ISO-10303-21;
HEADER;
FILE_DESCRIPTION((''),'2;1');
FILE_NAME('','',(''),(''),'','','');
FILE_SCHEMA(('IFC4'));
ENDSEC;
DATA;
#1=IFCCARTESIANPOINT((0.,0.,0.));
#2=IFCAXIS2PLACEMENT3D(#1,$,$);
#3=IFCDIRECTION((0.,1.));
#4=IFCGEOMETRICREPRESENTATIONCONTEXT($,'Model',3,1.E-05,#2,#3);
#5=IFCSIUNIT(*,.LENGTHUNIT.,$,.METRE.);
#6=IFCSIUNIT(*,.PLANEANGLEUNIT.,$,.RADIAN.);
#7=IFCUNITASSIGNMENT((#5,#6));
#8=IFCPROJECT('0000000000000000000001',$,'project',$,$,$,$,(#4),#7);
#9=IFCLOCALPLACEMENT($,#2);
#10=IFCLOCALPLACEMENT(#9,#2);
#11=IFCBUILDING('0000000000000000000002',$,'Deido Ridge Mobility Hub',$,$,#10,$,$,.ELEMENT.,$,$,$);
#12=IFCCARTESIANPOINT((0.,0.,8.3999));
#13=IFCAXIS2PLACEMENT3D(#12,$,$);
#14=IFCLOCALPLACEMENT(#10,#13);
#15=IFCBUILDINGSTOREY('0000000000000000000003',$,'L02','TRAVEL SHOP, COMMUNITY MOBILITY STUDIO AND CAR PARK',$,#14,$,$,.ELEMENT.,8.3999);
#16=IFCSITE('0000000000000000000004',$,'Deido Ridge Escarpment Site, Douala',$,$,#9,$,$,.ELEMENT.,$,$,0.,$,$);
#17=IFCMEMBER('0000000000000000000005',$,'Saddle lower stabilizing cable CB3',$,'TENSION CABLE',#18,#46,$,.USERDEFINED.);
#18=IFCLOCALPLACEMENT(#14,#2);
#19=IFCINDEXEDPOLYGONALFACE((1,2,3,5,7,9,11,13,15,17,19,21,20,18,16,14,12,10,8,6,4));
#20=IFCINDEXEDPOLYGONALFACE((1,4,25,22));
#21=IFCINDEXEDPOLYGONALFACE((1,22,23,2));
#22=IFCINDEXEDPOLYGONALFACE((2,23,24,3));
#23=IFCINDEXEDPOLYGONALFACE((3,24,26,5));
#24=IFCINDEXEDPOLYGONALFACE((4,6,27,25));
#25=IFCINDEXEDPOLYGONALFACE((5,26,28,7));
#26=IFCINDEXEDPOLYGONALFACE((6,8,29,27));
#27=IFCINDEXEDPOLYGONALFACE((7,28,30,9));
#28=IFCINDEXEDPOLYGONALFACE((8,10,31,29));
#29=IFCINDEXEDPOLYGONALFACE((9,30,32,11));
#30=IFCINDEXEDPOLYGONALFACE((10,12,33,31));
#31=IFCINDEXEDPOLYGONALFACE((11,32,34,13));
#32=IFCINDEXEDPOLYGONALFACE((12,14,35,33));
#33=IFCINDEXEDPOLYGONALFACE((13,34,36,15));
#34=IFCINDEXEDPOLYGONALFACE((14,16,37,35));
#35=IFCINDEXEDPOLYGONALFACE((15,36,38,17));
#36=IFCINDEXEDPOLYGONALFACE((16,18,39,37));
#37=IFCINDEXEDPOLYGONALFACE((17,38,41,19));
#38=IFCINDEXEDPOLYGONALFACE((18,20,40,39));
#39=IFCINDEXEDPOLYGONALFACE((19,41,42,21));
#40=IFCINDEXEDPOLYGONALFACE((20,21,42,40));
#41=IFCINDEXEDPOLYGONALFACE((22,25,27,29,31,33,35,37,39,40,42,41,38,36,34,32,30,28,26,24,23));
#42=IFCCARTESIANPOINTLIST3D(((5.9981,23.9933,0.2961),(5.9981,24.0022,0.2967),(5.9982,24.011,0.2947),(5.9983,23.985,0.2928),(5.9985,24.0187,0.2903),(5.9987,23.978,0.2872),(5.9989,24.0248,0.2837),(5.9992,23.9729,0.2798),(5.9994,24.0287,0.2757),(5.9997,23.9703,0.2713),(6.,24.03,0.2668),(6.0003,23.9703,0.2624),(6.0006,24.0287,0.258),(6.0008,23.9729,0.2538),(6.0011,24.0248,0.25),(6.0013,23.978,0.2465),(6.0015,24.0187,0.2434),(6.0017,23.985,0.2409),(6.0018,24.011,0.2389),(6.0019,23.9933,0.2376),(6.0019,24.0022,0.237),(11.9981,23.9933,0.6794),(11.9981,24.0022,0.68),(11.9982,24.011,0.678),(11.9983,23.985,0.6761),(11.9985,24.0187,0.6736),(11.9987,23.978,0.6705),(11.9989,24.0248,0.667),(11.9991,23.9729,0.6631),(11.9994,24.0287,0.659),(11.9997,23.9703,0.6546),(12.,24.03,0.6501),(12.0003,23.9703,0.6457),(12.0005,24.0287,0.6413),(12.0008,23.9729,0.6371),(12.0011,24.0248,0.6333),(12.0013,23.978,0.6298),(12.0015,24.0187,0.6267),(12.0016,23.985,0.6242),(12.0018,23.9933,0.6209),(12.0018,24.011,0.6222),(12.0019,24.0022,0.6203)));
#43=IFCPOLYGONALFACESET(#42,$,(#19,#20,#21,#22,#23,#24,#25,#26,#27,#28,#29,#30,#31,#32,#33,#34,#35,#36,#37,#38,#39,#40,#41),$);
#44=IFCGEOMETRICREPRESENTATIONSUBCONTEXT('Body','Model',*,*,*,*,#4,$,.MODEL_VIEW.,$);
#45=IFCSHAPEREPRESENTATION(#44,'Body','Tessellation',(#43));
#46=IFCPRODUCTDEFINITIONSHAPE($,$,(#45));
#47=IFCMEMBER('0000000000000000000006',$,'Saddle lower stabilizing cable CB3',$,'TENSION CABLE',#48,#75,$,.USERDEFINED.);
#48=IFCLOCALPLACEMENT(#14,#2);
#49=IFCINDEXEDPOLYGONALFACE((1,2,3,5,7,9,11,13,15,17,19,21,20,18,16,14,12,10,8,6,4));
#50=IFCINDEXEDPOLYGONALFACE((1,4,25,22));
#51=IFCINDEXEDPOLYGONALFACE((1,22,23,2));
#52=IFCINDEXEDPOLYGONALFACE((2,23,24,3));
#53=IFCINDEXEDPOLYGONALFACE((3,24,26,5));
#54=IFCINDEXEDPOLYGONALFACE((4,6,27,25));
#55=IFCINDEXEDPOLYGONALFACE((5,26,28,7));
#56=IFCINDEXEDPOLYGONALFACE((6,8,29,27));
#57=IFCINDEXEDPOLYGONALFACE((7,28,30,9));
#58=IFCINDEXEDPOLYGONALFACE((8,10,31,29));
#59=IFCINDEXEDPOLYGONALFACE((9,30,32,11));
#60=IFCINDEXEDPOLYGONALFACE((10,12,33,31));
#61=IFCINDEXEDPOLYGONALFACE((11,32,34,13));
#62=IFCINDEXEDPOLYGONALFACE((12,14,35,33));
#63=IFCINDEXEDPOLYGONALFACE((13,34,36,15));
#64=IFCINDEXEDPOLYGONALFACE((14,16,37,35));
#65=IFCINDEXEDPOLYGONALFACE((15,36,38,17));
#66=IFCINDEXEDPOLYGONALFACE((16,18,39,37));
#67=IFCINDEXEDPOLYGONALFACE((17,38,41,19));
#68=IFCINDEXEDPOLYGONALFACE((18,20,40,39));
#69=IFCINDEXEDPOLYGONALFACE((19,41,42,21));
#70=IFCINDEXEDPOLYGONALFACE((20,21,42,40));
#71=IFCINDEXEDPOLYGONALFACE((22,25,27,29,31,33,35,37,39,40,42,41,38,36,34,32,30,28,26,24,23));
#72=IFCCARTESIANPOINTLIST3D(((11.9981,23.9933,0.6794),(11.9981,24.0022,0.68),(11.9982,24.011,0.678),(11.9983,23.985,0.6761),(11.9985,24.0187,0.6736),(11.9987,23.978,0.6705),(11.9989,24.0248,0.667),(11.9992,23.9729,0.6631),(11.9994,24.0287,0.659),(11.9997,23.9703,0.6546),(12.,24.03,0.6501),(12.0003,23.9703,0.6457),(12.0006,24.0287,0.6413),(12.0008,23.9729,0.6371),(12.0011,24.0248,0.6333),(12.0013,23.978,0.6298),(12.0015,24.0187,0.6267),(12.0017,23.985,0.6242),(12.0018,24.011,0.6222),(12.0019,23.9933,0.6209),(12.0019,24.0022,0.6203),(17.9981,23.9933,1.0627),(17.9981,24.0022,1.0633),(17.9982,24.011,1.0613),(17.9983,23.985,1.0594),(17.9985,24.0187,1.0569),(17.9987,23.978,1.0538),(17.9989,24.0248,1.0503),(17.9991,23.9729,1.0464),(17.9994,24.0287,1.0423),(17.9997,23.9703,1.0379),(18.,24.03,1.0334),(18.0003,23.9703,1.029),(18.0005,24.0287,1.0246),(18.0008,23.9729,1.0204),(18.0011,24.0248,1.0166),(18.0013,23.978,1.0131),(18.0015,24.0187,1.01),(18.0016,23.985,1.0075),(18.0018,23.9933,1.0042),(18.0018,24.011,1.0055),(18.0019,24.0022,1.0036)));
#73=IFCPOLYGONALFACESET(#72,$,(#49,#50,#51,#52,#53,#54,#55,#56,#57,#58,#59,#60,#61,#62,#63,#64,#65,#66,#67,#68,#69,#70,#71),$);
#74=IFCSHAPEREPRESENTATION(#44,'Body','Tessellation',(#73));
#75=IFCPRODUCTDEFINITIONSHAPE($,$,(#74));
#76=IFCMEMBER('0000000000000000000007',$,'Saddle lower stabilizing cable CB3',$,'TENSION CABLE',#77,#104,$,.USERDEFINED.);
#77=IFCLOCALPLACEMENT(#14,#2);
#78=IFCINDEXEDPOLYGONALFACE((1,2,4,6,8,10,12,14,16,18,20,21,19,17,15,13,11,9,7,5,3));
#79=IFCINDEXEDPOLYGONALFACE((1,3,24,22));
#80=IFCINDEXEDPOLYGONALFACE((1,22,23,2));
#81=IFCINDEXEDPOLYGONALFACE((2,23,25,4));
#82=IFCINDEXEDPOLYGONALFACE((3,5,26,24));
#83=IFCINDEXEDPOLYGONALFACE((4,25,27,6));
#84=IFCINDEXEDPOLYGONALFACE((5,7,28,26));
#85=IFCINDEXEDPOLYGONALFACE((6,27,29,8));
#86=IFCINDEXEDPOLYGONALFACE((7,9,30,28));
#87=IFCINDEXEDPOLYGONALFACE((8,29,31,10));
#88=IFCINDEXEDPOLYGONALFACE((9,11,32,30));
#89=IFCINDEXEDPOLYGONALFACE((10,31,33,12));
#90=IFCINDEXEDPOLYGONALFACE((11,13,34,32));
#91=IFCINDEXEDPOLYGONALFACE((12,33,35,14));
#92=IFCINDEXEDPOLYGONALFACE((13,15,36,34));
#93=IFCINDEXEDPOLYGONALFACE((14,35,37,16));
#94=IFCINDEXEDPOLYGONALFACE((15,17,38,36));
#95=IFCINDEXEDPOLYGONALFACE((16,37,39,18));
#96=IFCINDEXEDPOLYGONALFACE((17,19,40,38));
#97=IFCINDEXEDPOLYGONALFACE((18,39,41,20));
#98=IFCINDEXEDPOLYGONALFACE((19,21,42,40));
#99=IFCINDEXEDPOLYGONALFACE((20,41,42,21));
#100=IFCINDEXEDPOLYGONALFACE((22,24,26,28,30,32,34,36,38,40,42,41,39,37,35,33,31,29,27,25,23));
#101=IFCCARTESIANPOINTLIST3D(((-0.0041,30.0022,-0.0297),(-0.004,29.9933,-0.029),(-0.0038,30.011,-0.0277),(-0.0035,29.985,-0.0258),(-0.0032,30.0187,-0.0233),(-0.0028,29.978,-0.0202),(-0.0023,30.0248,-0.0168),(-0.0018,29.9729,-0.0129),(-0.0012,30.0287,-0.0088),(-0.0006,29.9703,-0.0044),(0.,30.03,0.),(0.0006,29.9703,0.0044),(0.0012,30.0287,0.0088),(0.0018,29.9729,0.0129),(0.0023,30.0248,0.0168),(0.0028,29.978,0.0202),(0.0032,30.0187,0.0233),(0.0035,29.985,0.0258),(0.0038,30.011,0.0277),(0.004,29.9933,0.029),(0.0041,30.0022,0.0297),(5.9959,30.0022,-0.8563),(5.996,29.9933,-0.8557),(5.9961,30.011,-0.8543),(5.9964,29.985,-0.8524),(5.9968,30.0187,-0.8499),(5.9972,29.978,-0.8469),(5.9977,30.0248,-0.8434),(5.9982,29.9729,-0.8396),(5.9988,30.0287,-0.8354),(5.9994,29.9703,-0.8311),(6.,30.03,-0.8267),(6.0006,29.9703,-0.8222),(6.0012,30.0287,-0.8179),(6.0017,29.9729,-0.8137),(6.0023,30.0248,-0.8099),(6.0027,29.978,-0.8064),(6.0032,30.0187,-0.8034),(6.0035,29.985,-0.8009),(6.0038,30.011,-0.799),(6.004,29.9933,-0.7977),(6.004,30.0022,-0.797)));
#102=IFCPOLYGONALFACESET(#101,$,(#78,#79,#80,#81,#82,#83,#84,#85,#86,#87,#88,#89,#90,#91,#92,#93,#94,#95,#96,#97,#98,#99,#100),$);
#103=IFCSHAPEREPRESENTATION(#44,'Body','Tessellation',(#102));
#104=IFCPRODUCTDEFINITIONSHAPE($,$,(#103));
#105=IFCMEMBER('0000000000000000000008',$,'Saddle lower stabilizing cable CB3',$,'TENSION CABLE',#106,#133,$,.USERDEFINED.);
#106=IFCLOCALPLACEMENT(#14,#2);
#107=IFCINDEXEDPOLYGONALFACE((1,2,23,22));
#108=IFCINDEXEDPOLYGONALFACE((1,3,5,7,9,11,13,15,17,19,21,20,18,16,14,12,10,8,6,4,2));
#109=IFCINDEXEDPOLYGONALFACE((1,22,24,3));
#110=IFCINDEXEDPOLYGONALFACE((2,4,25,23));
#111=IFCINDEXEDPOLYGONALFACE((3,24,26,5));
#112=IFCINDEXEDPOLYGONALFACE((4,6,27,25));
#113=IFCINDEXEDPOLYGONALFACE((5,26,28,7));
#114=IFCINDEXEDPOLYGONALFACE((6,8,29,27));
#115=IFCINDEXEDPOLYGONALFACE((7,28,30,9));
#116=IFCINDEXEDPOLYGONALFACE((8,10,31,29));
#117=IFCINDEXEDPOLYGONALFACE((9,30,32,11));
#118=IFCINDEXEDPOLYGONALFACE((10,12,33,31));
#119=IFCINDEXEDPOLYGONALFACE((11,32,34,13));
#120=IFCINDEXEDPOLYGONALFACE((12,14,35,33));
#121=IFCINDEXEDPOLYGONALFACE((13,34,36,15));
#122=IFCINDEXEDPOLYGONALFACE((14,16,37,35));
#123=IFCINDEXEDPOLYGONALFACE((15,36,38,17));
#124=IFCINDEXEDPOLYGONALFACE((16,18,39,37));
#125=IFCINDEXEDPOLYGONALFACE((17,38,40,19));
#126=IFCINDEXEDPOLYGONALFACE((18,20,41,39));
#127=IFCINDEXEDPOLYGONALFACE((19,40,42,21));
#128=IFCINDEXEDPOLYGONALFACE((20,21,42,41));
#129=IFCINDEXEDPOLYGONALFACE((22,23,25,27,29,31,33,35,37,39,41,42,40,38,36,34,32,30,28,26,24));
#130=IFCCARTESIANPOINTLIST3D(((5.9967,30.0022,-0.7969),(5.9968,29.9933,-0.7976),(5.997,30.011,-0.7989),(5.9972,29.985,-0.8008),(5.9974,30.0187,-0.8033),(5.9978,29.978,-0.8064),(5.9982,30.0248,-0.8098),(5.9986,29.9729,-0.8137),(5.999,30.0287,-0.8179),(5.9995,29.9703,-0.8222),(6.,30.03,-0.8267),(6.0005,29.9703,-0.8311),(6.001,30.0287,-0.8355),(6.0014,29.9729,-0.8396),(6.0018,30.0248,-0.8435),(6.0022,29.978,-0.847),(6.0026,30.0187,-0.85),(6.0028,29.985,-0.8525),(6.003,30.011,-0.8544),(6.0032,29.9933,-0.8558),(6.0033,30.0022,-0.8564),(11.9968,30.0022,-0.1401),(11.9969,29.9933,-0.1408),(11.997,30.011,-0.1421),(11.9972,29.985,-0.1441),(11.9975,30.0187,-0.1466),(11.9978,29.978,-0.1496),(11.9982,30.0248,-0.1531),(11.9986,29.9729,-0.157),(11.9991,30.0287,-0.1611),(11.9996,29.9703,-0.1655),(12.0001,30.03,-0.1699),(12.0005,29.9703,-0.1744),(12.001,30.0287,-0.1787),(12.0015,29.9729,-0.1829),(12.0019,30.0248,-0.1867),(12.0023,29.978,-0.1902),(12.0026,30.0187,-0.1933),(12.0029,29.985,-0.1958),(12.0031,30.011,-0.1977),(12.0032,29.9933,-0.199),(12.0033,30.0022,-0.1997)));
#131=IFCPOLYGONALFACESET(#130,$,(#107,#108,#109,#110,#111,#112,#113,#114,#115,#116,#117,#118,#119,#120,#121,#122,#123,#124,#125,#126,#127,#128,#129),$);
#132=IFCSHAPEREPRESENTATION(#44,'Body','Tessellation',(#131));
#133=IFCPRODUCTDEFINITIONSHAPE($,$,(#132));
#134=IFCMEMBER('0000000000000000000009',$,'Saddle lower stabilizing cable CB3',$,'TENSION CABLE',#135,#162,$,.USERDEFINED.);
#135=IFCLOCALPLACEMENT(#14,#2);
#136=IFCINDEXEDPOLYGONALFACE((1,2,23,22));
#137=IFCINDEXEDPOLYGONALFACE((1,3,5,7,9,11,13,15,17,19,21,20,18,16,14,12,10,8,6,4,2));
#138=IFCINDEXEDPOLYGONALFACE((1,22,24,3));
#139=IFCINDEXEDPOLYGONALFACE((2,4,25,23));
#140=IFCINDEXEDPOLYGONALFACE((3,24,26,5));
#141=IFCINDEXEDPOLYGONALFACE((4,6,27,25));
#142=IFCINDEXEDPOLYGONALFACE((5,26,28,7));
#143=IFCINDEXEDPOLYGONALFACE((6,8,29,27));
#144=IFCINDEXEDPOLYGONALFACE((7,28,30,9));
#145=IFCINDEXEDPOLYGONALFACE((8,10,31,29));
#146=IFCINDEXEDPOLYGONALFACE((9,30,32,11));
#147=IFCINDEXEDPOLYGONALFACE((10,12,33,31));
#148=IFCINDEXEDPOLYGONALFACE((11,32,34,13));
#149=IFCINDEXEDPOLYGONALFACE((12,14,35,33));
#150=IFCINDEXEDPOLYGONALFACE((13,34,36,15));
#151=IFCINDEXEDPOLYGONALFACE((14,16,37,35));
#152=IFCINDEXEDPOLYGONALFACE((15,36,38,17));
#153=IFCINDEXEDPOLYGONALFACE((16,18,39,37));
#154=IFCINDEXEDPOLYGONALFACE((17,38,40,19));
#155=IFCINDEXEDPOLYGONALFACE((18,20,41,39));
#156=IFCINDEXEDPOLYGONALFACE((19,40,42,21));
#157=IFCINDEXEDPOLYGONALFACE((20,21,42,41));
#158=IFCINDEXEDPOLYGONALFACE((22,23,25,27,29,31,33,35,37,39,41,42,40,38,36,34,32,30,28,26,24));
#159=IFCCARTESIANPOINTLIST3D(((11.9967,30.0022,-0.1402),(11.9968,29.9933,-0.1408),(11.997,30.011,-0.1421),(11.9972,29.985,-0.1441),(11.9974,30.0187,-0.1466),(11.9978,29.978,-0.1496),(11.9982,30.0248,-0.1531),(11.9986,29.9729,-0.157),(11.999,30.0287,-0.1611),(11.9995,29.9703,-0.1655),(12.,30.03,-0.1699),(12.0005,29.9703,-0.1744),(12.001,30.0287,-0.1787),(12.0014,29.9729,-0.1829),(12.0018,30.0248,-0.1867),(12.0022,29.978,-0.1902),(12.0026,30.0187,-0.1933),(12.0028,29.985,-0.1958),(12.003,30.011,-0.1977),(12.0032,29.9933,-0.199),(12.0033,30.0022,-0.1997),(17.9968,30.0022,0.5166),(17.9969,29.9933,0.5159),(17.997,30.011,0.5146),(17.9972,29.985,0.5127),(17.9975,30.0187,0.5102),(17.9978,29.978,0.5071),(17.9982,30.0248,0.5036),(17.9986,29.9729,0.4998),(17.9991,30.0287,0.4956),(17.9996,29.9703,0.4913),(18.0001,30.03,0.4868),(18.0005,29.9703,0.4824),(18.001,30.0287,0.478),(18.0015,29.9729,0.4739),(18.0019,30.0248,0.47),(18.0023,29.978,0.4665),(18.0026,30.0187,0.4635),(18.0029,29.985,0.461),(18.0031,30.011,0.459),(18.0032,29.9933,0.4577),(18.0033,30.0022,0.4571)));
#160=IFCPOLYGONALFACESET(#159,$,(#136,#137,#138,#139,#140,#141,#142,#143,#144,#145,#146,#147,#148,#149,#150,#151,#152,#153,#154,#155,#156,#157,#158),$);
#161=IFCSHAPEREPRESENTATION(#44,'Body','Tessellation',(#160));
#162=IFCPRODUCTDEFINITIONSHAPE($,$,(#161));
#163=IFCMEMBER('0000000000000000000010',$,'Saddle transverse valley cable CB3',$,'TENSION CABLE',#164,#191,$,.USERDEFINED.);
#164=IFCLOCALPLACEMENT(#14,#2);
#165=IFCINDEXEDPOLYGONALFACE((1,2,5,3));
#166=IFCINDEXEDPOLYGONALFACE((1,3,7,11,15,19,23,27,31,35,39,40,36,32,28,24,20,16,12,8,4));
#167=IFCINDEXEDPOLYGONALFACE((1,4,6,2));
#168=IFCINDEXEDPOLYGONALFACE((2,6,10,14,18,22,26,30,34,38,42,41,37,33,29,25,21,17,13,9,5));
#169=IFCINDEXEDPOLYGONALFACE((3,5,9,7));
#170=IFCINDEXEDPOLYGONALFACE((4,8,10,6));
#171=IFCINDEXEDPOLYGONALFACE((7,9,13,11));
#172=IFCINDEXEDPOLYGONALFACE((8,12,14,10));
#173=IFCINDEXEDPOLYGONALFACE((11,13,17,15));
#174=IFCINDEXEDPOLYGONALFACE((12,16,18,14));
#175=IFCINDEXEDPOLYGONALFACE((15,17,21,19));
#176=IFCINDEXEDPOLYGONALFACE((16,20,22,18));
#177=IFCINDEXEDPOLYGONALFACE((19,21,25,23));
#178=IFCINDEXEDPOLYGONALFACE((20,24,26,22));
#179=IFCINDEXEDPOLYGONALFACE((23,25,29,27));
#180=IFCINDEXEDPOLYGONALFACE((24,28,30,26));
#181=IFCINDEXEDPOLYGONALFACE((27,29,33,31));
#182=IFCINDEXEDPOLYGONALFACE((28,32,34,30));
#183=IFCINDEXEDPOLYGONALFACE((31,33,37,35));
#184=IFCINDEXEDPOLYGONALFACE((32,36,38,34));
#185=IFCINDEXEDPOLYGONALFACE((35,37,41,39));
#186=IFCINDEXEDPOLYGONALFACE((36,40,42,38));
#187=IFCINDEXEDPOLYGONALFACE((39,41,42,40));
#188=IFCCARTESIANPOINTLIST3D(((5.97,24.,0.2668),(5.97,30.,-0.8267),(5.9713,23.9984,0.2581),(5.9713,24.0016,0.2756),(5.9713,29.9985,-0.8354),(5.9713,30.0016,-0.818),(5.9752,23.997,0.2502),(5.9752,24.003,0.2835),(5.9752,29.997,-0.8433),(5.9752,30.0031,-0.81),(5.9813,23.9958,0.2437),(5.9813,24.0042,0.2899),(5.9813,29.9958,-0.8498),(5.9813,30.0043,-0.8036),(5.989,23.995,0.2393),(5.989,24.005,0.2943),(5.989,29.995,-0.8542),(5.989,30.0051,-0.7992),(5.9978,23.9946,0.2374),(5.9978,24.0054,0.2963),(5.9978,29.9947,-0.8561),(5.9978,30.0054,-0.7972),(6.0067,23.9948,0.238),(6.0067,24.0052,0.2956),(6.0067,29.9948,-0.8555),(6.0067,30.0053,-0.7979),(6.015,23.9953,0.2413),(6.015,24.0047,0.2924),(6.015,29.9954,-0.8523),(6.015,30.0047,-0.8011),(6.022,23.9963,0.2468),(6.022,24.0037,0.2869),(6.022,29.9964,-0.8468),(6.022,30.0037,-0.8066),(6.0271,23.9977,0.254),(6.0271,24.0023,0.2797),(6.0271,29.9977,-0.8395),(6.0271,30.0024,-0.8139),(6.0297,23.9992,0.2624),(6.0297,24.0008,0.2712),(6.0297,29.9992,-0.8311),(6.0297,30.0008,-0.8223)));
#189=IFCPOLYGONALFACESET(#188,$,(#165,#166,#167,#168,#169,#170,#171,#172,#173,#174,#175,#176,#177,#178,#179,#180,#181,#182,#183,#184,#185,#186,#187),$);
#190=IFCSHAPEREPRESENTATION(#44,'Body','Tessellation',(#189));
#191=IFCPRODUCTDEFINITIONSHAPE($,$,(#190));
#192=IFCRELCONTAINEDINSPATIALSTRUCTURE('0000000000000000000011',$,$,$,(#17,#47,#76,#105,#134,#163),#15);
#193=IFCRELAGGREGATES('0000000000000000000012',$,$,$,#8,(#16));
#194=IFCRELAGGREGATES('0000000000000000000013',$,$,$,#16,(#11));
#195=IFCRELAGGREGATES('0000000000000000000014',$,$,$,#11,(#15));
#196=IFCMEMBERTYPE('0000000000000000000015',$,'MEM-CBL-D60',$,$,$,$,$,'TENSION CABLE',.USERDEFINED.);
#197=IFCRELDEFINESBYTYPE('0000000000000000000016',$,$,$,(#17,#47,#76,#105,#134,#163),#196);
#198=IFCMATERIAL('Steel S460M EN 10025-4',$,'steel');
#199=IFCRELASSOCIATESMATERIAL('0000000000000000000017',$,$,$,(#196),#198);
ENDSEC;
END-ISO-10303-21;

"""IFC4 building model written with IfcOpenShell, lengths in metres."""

from ifc_helpers import new_model, si_unit, direction, frame, origin, origin_2d, place, context, subcontext, project, spatial, circle, extrude, material, material_profile, profile_set, type_object, element, save


model = new_model("IFC4")

# Units and contexts
model_context = context("Model", 3, precision=1e-05, world=origin(), true_north=direction((0.0, 1.0)))
body_context = subcontext(model_context, "Body", "Model", "MODEL_VIEW")
ifc_project = project(units=[si_unit("LENGTHUNIT", "METRE"), si_unit("PLANEANGLEUNIT", "RADIAN")], contexts=[model_context])

# Site, building, storey
site_placement = place(None, origin())
site = spatial("IfcSite", under=ifc_project, at=site_placement, Name="Deido Ridge Escarpment Site, Douala", CompositionType="ELEMENT", RefElevation=0.0)
building_placement = place(site_placement, origin())
building = spatial("IfcBuilding", under=site, at=building_placement, Name="Deido Ridge Mobility Hub", CompositionType="ELEMENT")
storey_placement = place(building_placement, frame((0.0, 0.0, 8.3999)))
storey = spatial("IfcBuildingStorey", under=building, at=storey_placement, Name="L02", Description="TRAVEL SHOP, COMMUNITY MOBILITY STUDIO AND CAR PARK", CompositionType="ELEMENT", Elevation=8.3999)

# Members
ifc_material_1 = material(Name="Steel S460M EN 10025-4", Category="steel")
ifc_material_profile_1 = material_profile(ifc_material_1, circle(Radius=0.03, at=origin_2d()), Name="CABLE D60")
ifc_profile_set_1 = profile_set([ifc_material_profile_1], Name="Steel S460M EN 10025-4")
member_type_1 = type_object("IfcMemberType", Name="MEM-CBL-D60", ElementType="TENSION CABLE", PredefinedType="USERDEFINED", material=ifc_profile_set_1)
for number, where, z_axis, x_axis, name in (
    (1, (6.0, 24.0, 0.2668), (0.997966, 0.0, 0.063754), (0.0, 1.0, 0.0), "Saddle lower stabilizing cable CB3"),
    (2, (12.0, 24.0, 0.6501), (0.997966, 0.0, 0.063754), (0.0, 1.0, 0.0), "Saddle lower stabilizing cable CB3"),
):
    element("IfcMember", number, at=place(storey_placement, frame(where, z_axis=z_axis, x_axis=x_axis)), inside=storey, type_object=member_type_1, Name=name, ObjectType="TENSION CABLE", PredefinedType="USERDEFINED", context=body_context, shape_type="SweptSolid", body=[
        extrude(circle(Radius=0.03, at=origin_2d()), origin(), (0.0, 0.0, 1.0), 6.0122),
    ])
member_1_placement = place(storey_placement, frame((0.0, 30.0, 0.0), z_axis=(0.990642, 0.0, -0.136487), x_axis=(0.0, 1.0, 0.0)))
element("IfcMember", 3, at=member_1_placement, inside=storey, type_object=member_type_1, Name="Saddle lower stabilizing cable CB3", ObjectType="TENSION CABLE", PredefinedType="USERDEFINED", context=body_context, shape_type="SweptSolid", body=[
    extrude(circle(Radius=0.03, at=origin_2d()), origin(), (0.0, 0.0, 1.0), 6.0566),
])
for number, where, z_axis, x_axis, name in (
    (4, (6.0, 30.0, -0.8267), (0.994063, 0.0, 0.108807), (0.0, 1.0, 0.0), "Saddle lower stabilizing cable CB3"),
    (5, (12.0, 30.0, -0.1699), (0.994063, 0.0, 0.108807), (0.0, 1.0, 0.0), "Saddle lower stabilizing cable CB3"),
):
    element("IfcMember", number, at=place(storey_placement, frame(where, z_axis=z_axis, x_axis=x_axis)), inside=storey, type_object=member_type_1, Name=name, ObjectType="TENSION CABLE", PredefinedType="USERDEFINED", context=body_context, shape_type="SweptSolid", body=[
        extrude(circle(Radius=0.03, at=origin_2d()), origin(), (0.0, 0.0, 1.0), 6.0359),
    ])
member_2_placement = place(storey_placement, frame((6.0, 24.0, 0.2668), z_axis=(0.0, 0.983795, -0.179298), x_axis=(-1.0, 0.0, 0.0)))
element("IfcMember", 6, at=member_2_placement, inside=storey, type_object=member_type_1, Name="Saddle transverse valley cable CB3", ObjectType="TENSION CABLE", PredefinedType="USERDEFINED", context=body_context, shape_type="SweptSolid", body=[
    extrude(circle(Radius=0.03, at=origin_2d()), origin(), (0.0, 0.0, 1.0), 6.0989),
])

save(model, "model.ifc")
